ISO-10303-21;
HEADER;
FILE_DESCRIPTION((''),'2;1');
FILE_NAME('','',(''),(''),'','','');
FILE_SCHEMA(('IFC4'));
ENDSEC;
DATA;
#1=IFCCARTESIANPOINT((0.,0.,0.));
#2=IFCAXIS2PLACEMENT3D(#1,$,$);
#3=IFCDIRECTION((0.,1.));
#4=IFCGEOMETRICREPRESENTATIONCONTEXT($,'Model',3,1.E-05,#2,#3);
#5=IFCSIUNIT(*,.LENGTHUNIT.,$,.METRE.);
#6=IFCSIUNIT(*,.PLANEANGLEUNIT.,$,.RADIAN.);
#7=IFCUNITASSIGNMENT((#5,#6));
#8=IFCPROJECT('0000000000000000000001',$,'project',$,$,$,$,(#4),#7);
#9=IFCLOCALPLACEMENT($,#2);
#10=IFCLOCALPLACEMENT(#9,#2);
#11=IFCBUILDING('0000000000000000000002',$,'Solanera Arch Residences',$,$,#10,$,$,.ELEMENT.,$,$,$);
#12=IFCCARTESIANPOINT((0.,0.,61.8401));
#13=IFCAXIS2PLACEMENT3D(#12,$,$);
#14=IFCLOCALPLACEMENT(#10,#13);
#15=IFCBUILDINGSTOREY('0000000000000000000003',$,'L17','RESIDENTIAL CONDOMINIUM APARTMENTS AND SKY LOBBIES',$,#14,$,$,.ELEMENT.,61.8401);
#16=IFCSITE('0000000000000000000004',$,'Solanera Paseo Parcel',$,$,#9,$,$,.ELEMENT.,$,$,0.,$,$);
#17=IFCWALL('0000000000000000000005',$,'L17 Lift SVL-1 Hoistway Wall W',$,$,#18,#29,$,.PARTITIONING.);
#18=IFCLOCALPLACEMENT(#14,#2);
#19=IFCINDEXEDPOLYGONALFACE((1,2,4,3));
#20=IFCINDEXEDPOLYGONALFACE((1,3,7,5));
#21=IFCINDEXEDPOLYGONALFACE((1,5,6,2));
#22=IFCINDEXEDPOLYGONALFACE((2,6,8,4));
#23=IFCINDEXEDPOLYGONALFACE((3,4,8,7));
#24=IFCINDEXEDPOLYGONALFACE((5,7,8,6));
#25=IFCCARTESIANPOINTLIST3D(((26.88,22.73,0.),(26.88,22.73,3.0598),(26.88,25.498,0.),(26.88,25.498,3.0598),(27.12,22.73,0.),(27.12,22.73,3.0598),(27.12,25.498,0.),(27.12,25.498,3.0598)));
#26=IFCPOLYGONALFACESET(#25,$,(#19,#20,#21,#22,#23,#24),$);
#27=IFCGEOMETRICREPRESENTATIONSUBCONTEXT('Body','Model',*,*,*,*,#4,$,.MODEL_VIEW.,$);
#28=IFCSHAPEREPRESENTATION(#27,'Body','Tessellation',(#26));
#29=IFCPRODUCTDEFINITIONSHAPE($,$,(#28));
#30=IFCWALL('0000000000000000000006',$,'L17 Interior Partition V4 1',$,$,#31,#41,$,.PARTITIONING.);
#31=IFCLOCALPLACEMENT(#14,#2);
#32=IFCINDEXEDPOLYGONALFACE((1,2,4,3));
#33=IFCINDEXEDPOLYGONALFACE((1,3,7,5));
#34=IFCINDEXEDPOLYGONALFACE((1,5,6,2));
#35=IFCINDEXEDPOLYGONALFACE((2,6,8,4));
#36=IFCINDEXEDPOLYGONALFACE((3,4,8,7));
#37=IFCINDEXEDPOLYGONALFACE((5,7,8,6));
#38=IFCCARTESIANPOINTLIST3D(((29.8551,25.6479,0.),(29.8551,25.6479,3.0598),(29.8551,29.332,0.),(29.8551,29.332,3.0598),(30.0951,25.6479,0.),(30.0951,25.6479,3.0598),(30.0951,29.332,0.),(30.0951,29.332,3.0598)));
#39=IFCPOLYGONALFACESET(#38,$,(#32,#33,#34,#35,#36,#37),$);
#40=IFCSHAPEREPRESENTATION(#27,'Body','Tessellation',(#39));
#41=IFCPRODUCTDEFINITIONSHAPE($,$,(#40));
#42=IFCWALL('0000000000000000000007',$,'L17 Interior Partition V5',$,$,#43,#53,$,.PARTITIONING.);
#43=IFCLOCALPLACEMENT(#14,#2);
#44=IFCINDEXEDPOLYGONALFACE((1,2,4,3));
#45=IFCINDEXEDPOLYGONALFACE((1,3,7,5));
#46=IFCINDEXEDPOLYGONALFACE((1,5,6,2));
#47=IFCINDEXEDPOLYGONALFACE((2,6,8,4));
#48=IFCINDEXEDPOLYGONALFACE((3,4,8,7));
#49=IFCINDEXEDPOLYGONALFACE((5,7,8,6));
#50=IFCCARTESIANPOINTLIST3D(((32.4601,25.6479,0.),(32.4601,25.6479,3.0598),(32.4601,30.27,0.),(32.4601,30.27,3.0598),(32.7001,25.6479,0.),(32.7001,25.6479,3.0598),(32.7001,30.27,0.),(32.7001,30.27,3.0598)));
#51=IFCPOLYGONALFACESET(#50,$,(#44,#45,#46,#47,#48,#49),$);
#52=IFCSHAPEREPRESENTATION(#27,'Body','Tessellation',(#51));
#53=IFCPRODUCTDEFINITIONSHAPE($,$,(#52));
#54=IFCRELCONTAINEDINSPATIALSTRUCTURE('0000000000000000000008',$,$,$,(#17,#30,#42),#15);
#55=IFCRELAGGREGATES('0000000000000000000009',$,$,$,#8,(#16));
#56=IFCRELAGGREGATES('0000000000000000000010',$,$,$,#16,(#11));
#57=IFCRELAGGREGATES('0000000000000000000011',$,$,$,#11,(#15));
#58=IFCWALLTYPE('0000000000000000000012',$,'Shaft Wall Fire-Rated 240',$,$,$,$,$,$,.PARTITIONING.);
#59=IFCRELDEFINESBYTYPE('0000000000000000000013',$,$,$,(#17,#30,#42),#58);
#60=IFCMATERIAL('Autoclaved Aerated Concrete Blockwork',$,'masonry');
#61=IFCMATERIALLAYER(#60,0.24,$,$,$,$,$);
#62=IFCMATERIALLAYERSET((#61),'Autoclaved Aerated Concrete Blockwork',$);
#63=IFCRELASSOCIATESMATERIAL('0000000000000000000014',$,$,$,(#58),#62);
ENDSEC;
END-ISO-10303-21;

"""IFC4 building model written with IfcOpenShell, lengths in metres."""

from ifc_helpers import new_model, si_unit, direction, frame, frame_2d, origin, place, context, subcontext, project, spatial, rectangle, extrude, material, layer, layer_set, type_object, element, save


model = new_model("IFC4")

# Units and contexts
model_context = context("Model", 3, precision=1e-05, world=origin(), true_north=direction((0.0, 1.0)))
body_context = subcontext(model_context, "Body", "Model", "MODEL_VIEW")
ifc_project = project(units=[si_unit("LENGTHUNIT", "METRE"), si_unit("PLANEANGLEUNIT", "RADIAN")], contexts=[model_context])

# Site, building, storey
site_placement = place(None, origin())
site = spatial("IfcSite", under=ifc_project, at=site_placement, Name="Solanera Paseo Parcel", CompositionType="ELEMENT", RefElevation=0.0)
building_placement = place(site_placement, origin())
building = spatial("IfcBuilding", under=site, at=building_placement, Name="Solanera Arch Residences", CompositionType="ELEMENT")
storey_placement = place(building_placement, frame((0.0, 0.0, 61.8401)))
storey = spatial("IfcBuildingStorey", under=building, at=storey_placement, Name="L17", Description="RESIDENTIAL CONDOMINIUM APARTMENTS AND SKY LOBBIES", CompositionType="ELEMENT", Elevation=61.8401)

# Walls
ifc_material_1 = material(Name="Autoclaved Aerated Concrete Blockwork", Category="masonry")
ifc_layer_1 = layer(ifc_material_1, 0.24)
ifc_layer_set_1 = layer_set([ifc_layer_1], Name="Autoclaved Aerated Concrete Blockwork")
wall_type_1 = type_object("IfcWallType", Name="Shaft Wall Fire-Rated 240", PredefinedType="PARTITIONING", material=ifc_layer_set_1)
wall_1_placement = place(storey_placement, frame((27.0, 22.73, 0.0), z_axis=(0.0, 0.0, 1.0), x_axis=(0.0, 1.0, 0.0)))
element("IfcWall", 1, at=wall_1_placement, inside=storey, type_object=wall_type_1, Name="L17 Lift SVL-1 Hoistway Wall W", PredefinedType="PARTITIONING", context=body_context, shape_type="SweptSolid", body=[
    extrude(rectangle(XDim=2.7681, YDim=0.24, at=frame_2d((1.384, 0.0))), origin(), (0.0, 0.0, 1.0), 3.0598),
])
wall_2_placement = place(storey_placement, frame((29.9751, 25.6479, 0.0), z_axis=(0.0, 0.0, 1.0), x_axis=(0.0, 1.0, 0.0)))
element("IfcWall", 2, at=wall_2_placement, inside=storey, type_object=wall_type_1, Name="L17 Interior Partition V4 1", PredefinedType="PARTITIONING", context=body_context, shape_type="SweptSolid", body=[
    extrude(rectangle(XDim=3.6841, YDim=0.24, at=frame_2d((1.842, 0.0))), origin(), (0.0, 0.0, 1.0), 3.0598),
])

# Wall
wall_3_placement = place(storey_placement, frame((32.5801, 25.6479, 0.0), z_axis=(0.0, 0.0, 1.0), x_axis=(0.0, 1.0, 0.0)))
element("IfcWall", 3, at=wall_3_placement, inside=storey, type_object=wall_type_1, Name="L17 Interior Partition V5", PredefinedType="PARTITIONING", context=body_context, shape_type="SweptSolid", body=[
    extrude(rectangle(XDim=4.6221, YDim=0.24, at=frame_2d((2.311, 0.0))), origin(), (0.0, 0.0, 1.0), 3.0598),
])

save(model, "model.ifc")
